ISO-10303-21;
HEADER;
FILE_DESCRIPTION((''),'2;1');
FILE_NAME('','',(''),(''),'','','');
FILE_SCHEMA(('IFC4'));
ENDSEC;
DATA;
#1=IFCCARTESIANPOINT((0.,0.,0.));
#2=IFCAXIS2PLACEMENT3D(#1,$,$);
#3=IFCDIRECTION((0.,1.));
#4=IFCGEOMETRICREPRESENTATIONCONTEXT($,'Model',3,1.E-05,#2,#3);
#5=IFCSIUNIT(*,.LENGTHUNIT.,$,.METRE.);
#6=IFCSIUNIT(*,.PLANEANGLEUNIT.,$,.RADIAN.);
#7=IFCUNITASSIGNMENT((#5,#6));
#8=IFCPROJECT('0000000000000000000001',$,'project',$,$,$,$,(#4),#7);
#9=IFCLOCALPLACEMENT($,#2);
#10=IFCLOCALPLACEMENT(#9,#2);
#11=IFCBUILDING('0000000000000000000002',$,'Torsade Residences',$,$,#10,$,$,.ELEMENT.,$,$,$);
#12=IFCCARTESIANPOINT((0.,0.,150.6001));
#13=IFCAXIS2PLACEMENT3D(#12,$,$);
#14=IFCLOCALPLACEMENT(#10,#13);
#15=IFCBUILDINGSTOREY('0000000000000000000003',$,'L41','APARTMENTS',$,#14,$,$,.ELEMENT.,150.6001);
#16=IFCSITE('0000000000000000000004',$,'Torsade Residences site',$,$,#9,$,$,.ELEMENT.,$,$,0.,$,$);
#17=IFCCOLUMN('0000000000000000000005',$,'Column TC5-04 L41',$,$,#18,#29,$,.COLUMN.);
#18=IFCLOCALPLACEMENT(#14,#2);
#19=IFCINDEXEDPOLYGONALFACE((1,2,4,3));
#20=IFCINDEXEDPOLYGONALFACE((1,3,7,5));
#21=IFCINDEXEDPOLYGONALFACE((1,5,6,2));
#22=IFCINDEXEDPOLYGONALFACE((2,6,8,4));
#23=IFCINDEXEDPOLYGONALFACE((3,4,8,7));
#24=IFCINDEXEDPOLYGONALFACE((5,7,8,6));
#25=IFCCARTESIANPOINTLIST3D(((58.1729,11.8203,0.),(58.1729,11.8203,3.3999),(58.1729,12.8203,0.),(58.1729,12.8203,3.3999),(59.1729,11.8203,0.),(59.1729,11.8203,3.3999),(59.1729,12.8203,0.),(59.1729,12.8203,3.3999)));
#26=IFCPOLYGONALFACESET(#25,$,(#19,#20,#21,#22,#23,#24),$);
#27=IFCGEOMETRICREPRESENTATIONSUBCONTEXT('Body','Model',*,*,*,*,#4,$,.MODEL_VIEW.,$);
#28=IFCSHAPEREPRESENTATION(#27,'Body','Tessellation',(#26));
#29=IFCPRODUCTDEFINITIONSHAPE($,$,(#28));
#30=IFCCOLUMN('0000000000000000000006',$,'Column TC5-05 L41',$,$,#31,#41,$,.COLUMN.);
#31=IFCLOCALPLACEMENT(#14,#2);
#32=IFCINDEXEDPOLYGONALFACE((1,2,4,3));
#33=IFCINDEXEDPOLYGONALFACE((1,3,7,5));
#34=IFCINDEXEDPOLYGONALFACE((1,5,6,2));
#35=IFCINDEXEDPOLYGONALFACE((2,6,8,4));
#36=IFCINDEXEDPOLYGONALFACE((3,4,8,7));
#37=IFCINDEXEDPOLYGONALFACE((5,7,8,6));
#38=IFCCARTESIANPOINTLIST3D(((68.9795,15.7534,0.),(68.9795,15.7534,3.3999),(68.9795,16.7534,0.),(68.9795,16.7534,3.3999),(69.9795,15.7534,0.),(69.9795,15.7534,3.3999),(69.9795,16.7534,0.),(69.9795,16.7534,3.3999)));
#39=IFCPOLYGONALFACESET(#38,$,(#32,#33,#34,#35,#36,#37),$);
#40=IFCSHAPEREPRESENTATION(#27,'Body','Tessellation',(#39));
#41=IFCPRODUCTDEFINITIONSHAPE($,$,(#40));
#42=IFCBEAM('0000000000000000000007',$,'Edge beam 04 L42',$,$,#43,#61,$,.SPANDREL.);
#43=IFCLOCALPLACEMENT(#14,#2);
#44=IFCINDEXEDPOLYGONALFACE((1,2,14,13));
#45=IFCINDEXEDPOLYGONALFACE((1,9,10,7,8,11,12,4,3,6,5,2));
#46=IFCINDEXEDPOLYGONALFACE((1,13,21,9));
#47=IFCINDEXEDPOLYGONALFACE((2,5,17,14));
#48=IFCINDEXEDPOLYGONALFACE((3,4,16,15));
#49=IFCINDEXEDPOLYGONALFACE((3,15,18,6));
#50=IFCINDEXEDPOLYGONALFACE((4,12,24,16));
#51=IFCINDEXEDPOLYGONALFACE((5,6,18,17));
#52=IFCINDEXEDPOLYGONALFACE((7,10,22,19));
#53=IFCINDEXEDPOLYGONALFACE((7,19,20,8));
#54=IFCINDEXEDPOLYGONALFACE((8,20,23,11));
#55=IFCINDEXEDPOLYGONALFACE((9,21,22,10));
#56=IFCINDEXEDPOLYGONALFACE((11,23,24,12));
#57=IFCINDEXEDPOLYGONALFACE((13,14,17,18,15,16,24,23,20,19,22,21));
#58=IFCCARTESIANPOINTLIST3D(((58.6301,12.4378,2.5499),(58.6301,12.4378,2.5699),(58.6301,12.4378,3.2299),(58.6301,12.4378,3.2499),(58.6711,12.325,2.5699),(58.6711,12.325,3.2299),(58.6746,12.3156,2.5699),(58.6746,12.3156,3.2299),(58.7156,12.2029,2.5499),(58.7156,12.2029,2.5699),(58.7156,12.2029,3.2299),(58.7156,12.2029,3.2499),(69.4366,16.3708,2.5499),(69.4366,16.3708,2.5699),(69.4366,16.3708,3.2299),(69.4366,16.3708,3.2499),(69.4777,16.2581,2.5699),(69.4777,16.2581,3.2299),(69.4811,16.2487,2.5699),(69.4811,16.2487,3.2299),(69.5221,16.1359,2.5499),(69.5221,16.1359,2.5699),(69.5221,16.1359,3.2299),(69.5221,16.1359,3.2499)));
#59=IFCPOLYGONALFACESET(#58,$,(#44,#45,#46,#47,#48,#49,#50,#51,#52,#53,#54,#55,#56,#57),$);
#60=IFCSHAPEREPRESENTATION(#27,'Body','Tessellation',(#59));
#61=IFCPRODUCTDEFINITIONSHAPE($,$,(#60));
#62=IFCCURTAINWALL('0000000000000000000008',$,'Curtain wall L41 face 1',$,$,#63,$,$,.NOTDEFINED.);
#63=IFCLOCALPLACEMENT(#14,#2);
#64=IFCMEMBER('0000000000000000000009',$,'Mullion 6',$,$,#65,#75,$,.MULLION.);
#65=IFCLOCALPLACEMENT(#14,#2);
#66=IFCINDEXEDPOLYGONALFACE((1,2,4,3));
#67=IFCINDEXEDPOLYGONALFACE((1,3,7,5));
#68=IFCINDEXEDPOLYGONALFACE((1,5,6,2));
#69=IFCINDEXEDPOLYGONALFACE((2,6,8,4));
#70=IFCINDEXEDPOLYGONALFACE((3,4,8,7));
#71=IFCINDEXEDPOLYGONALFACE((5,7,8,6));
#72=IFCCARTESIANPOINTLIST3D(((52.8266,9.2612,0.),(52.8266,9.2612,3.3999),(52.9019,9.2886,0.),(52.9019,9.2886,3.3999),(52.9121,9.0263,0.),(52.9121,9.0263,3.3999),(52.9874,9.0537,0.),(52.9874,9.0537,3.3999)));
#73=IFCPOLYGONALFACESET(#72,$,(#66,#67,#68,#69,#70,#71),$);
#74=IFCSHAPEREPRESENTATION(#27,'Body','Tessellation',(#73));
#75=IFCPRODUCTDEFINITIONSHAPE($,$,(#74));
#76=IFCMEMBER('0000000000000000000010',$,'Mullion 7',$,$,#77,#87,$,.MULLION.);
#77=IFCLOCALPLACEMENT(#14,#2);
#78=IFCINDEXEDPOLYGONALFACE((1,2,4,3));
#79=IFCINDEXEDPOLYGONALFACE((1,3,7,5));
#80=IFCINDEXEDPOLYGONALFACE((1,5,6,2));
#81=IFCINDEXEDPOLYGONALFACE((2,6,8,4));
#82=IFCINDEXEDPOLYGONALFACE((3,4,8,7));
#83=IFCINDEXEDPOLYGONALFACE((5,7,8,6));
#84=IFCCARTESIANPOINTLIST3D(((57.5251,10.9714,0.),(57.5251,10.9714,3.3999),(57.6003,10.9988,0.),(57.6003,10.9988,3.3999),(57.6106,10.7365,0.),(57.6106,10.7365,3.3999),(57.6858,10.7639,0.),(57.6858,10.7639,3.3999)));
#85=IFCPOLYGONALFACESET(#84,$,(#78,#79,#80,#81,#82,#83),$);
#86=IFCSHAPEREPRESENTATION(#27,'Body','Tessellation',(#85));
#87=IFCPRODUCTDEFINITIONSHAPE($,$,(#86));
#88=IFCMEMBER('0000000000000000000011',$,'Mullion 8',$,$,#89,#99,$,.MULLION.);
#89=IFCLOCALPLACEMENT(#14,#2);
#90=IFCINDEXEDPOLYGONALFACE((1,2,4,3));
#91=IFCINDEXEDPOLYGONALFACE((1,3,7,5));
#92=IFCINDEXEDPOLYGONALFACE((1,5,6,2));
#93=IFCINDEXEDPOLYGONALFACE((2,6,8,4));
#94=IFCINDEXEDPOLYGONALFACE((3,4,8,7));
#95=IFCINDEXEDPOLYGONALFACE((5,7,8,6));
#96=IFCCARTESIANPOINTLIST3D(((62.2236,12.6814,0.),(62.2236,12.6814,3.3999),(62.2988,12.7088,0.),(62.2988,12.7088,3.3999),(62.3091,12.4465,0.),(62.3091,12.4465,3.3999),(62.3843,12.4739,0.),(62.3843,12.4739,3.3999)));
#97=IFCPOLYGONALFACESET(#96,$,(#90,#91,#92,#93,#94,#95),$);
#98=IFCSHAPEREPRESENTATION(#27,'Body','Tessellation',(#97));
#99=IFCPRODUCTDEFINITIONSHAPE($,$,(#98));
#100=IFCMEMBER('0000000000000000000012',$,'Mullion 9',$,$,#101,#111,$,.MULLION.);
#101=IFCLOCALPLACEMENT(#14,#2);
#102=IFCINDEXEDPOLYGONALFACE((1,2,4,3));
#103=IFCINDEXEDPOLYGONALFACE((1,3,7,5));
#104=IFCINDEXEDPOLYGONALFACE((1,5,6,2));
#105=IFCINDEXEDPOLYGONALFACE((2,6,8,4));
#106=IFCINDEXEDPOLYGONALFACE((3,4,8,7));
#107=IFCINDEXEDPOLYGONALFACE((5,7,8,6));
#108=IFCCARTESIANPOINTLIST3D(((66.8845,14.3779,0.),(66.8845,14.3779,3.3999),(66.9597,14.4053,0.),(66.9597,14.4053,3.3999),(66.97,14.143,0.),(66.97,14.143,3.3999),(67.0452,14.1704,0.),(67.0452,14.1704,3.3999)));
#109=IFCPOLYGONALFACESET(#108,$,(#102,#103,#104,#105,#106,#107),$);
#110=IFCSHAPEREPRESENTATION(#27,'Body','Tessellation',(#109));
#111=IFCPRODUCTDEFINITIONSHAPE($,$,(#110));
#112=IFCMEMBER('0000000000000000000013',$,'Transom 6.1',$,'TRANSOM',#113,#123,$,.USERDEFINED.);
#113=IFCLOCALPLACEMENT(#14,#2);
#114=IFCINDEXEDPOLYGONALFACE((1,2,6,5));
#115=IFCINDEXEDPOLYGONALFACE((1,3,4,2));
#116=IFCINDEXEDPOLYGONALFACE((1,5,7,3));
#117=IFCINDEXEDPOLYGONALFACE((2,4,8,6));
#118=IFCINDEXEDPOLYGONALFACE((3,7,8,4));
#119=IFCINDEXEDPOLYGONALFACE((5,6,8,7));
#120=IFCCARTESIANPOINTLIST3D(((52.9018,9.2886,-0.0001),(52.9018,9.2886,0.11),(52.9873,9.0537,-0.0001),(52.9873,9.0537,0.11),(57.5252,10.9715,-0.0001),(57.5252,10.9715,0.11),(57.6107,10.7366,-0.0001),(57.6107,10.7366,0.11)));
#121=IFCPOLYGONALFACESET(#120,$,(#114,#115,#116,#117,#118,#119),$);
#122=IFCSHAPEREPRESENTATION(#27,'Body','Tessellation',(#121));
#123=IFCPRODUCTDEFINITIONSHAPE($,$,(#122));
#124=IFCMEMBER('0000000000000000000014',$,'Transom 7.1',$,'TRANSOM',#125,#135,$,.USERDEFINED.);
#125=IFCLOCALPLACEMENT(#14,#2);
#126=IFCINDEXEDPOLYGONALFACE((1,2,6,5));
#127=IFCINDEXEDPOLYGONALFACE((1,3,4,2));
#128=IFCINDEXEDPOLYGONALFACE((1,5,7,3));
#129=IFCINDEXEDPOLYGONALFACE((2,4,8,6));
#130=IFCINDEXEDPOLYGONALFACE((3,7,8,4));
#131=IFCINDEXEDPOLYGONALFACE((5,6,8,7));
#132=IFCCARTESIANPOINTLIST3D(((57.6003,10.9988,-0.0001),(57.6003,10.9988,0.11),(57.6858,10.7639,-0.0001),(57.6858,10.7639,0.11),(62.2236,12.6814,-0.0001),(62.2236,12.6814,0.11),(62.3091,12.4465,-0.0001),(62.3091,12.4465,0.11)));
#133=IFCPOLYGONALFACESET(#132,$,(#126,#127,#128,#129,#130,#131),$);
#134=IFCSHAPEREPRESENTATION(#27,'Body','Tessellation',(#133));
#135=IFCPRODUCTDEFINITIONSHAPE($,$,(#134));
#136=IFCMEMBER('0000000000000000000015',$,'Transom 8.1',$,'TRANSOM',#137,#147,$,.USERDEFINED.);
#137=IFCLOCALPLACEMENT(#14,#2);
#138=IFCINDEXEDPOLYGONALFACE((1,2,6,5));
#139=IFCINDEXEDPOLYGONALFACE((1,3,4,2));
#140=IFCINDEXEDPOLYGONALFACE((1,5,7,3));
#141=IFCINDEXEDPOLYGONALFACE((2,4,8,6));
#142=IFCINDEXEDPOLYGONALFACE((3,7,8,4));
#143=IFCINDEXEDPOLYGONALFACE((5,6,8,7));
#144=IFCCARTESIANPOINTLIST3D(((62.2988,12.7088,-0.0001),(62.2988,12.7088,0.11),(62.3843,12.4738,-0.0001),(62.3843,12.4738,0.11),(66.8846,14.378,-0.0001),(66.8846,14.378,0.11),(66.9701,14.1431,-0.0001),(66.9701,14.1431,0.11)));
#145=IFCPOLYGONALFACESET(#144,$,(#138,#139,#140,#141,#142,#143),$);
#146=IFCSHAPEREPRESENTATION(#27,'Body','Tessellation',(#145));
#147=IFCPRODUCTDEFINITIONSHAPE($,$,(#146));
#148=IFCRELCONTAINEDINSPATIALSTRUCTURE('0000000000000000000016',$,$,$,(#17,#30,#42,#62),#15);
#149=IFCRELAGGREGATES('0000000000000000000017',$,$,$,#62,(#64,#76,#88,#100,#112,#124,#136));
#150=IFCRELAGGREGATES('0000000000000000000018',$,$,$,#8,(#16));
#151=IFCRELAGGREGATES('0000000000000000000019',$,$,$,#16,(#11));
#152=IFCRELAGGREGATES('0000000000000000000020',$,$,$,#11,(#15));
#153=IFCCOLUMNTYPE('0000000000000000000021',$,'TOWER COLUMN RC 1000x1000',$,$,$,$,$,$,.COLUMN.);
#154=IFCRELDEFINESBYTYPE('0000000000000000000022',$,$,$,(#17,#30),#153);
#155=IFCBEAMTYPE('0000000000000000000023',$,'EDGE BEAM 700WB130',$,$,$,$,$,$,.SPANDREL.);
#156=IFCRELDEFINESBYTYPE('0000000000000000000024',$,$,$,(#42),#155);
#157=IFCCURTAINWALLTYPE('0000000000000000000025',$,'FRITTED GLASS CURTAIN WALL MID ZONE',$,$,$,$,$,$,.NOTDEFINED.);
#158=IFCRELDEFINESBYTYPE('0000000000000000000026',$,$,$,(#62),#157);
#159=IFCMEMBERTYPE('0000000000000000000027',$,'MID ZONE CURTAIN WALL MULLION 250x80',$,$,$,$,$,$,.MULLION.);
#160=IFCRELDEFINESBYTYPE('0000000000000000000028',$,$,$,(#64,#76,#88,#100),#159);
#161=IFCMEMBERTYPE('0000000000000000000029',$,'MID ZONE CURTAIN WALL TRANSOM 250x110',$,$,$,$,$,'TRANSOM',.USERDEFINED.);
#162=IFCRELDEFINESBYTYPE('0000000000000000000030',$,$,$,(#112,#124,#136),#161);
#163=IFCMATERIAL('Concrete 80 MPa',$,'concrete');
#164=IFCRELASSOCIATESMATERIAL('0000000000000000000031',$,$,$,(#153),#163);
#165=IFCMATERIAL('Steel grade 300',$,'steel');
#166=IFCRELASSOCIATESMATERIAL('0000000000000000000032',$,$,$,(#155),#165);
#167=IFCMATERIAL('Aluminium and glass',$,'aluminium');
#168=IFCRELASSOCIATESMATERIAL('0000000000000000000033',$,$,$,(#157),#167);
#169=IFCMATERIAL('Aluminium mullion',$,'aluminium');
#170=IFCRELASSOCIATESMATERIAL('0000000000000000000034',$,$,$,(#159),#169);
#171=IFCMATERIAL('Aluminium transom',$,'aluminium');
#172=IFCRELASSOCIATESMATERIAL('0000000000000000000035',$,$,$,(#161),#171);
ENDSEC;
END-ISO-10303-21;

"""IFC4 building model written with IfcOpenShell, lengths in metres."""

from ifc_helpers import new_model, si_unit, direction, frame, origin, origin_2d, place, context, subcontext, project, spatial, rectangle, i_section, extrude, material, material_profile, profile_set, type_object, element, aggregate, save


model = new_model("IFC4")

# Units and contexts
model_context = context("Model", 3, precision=1e-05, world=origin(), true_north=direction((0.0, 1.0)))
body_context = subcontext(model_context, "Body", "Model", "MODEL_VIEW")
ifc_project = project(units=[si_unit("LENGTHUNIT", "METRE"), si_unit("PLANEANGLEUNIT", "RADIAN")], contexts=[model_context])

# Site, building, storey
site_placement = place(None, origin())
site = spatial("IfcSite", under=ifc_project, at=site_placement, Name="Torsade Residences site", CompositionType="ELEMENT", RefElevation=0.0)
building_placement = place(site_placement, origin())
building = spatial("IfcBuilding", under=site, at=building_placement, Name="Torsade Residences", CompositionType="ELEMENT")
storey_placement = place(building_placement, frame((0.0, 0.0, 150.6001)))
storey = spatial("IfcBuildingStorey", under=building, at=storey_placement, Name="L41", Description="APARTMENTS", CompositionType="ELEMENT", Elevation=150.6001)

# Columns
ifc_material_1 = material(Name="Concrete 80 MPa", Category="concrete")
ifc_material_profile_1 = material_profile(ifc_material_1, rectangle(XDim=1.0, YDim=1.0, at=origin_2d()), Name="RC 1000x1000")
ifc_profile_set_1 = profile_set([ifc_material_profile_1], Name="Concrete 80 MPa")
column_type = type_object("IfcColumnType", Name="TOWER COLUMN RC 1000x1000", PredefinedType="COLUMN", material=ifc_profile_set_1)
for number, where, z_axis, x_axis, name in (
    (1, (58.6729, 12.3203, 0.0), (0.0, 0.0, 1.0), (1.0, 0.0, 0.0), "Column TC5-04 L41"),
    (2, (69.4795, 16.2534, 0.0), (0.0, 0.0, 1.0), (1.0, 0.0, 0.0), "Column TC5-05 L41"),
):
    element("IfcColumn", number, at=place(storey_placement, frame(where, z_axis=z_axis, x_axis=x_axis)), inside=storey, type_object=column_type, Name=name, PredefinedType="COLUMN", context=body_context, shape_type="SweptSolid", body=[
        extrude(rectangle(XDim=1.0, YDim=1.0, at=origin_2d()), origin(), (0.0, 0.0, 1.0), 3.3999),
    ])

# Beam
ifc_material_2 = material(Name="Steel grade 300", Category="steel")
ifc_material_profile_2 = material_profile(ifc_material_2, i_section(OverallWidth=0.25, OverallDepth=0.7, WebThickness=0.01, FlangeThickness=0.02, at=origin_2d()), Name="700WB130")
ifc_profile_set_2 = profile_set([ifc_material_profile_2], Name="Steel grade 300")
beam_type_1 = type_object("IfcBeamType", Name="EDGE BEAM 700WB130", PredefinedType="SPANDREL", material=ifc_profile_set_2)
beam_1_placement = place(storey_placement, frame((58.6729, 12.3203, 2.8999), z_axis=(0.939698, 0.342006, 0.0), x_axis=(-0.342006, 0.939698, 0.0)))
element("IfcBeam", 3, at=beam_1_placement, inside=storey, type_object=beam_type_1, Name="Edge beam 04 L42", PredefinedType="SPANDREL", context=body_context, shape_type="SweptSolid", body=[
    extrude(i_section(OverallWidth=0.25, OverallDepth=0.7, WebThickness=0.01, FlangeThickness=0.02, at=origin_2d()), origin(), (0.0, 0.0, 1.0), 11.5),
])

# Curtain wall, members
ifc_material_3 = material(Name="Aluminium and glass", Category="aluminium")
curtain_wall_type = type_object("IfcCurtainWallType", Name="FRITTED GLASS CURTAIN WALL MID ZONE", PredefinedType="NOTDEFINED", material=ifc_material_3)
curtain_wall_placement = place(storey_placement, origin())
curtain_wall = element("IfcCurtainWall", 4, at=curtain_wall_placement, inside=storey, type_object=curtain_wall_type, Name="Curtain wall L41 face 1", PredefinedType="NOTDEFINED")
ifc_material_4 = material(Name="Aluminium mullion", Category="aluminium")
ifc_material_profile_3 = material_profile(ifc_material_4, rectangle(XDim=0.25, YDim=0.0801, at=origin_2d()), Name="MID ZONE CURTAIN WALL MULLION 250x80")
ifc_profile_set_3 = profile_set([ifc_material_profile_3], Name="Aluminium mullion")
member_type_1 = type_object("IfcMemberType", Name="MID ZONE CURTAIN WALL MULLION 250x80", PredefinedType="MULLION", material=ifc_profile_set_3)
member_1_placement = place(storey_placement, frame((52.907, 9.1575, 0.0), z_axis=(0.0, 0.0, 1.0), x_axis=(-0.34202, 0.939693, 0.0)))
member_1 = element("IfcMember", 5, at=member_1_placement, type_object=member_type_1, Name="Mullion 6", PredefinedType="MULLION", context=body_context, shape_type="SweptSolid", body=[
    extrude(rectangle(XDim=0.25, YDim=0.0801, at=origin_2d()), origin(), (0.0, 0.0, 1.0), 3.3999),
])
member_2_placement = place(storey_placement, frame((57.6055, 10.8677, 0.0), z_axis=(0.0, 0.0, 1.0), x_axis=(-0.34202, 0.939693, 0.0)))
member_2 = element("IfcMember", 6, at=member_2_placement, type_object=member_type_1, Name="Mullion 7", PredefinedType="MULLION", context=body_context, shape_type="SweptSolid", body=[
    extrude(rectangle(XDim=0.25, YDim=0.0801, at=origin_2d()), origin(), (0.0, 0.0, 1.0), 3.3999),
])
member_3_placement = place(storey_placement, frame((62.304, 12.5776, 0.0), z_axis=(0.0, 0.0, 1.0), x_axis=(-0.34202, 0.939693, 0.0)))
member_3 = element("IfcMember", 7, at=member_3_placement, type_object=member_type_1, Name="Mullion 8", PredefinedType="MULLION", context=body_context, shape_type="SweptSolid", body=[
    extrude(rectangle(XDim=0.25, YDim=0.0801, at=origin_2d()), origin(), (0.0, 0.0, 1.0), 3.3999),
])
member_4_placement = place(storey_placement, frame((66.9648, 14.2742, 0.0), z_axis=(0.0, 0.0, 1.0), x_axis=(-0.34202, 0.939693, 0.0)))
member_4 = element("IfcMember", 8, at=member_4_placement, type_object=member_type_1, Name="Mullion 9", PredefinedType="MULLION", context=body_context, shape_type="SweptSolid", body=[
    extrude(rectangle(XDim=0.25, YDim=0.0801, at=origin_2d()), origin(), (0.0, 0.0, 1.0), 3.3999),
])
ifc_material_5 = material(Name="Aluminium transom", Category="aluminium")
ifc_material_profile_4 = material_profile(ifc_material_5, rectangle(XDim=0.25, YDim=0.1101, at=origin_2d()), Name="MID ZONE CURTAIN WALL TRANSOM 250x110")
ifc_profile_set_4 = profile_set([ifc_material_profile_4], Name="Aluminium transom")
member_type_2 = type_object("IfcMemberType", Name="MID ZONE CURTAIN WALL TRANSOM 250x110", ElementType="TRANSOM", PredefinedType="USERDEFINED", material=ifc_profile_set_4)
member_5_placement = place(storey_placement, frame((52.9446, 9.1711, 0.0549), z_axis=(0.939685, 0.342042, 0.0), x_axis=(-0.342042, 0.939685, 0.0)))
member_5 = element("IfcMember", 9, at=member_5_placement, type_object=member_type_2, Name="Transom 6.1", ObjectType="TRANSOM", PredefinedType="USERDEFINED", context=body_context, shape_type="SweptSolid", body=[
    extrude(rectangle(XDim=0.25, YDim=0.1101, at=origin_2d()), origin(), (0.0, 0.0, 1.0), 4.9202),
])
member_6_placement = place(storey_placement, frame((57.6431, 10.8813, 0.0549), z_axis=(0.939701, 0.341998, 0.0), x_axis=(-0.341998, 0.939701, 0.0)))
member_6 = element("IfcMember", 10, at=member_6_placement, type_object=member_type_2, Name="Transom 7.1", ObjectType="TRANSOM", PredefinedType="USERDEFINED", context=body_context, shape_type="SweptSolid", body=[
    extrude(rectangle(XDim=0.25, YDim=0.1101, at=origin_2d()), origin(), (0.0, 0.0, 1.0), 4.9199),
])
member_7_placement = place(storey_placement, frame((62.3416, 12.5913, 0.0549), z_axis=(0.939684, 0.342044, 0.0), x_axis=(-0.342044, 0.939684, 0.0)))
member_7 = element("IfcMember", 11, at=member_7_placement, type_object=member_type_2, Name="Transom 8.1", ObjectType="TRANSOM", PredefinedType="USERDEFINED", context=body_context, shape_type="SweptSolid", body=[
    extrude(rectangle(XDim=0.25, YDim=0.1101, at=origin_2d()), origin(), (0.0, 0.0, 1.0), 4.8801),
])

aggregate(curtain_wall, [member_1, member_2, member_3, member_4, member_5, member_6, member_7])

save(model, "model.ifc")
